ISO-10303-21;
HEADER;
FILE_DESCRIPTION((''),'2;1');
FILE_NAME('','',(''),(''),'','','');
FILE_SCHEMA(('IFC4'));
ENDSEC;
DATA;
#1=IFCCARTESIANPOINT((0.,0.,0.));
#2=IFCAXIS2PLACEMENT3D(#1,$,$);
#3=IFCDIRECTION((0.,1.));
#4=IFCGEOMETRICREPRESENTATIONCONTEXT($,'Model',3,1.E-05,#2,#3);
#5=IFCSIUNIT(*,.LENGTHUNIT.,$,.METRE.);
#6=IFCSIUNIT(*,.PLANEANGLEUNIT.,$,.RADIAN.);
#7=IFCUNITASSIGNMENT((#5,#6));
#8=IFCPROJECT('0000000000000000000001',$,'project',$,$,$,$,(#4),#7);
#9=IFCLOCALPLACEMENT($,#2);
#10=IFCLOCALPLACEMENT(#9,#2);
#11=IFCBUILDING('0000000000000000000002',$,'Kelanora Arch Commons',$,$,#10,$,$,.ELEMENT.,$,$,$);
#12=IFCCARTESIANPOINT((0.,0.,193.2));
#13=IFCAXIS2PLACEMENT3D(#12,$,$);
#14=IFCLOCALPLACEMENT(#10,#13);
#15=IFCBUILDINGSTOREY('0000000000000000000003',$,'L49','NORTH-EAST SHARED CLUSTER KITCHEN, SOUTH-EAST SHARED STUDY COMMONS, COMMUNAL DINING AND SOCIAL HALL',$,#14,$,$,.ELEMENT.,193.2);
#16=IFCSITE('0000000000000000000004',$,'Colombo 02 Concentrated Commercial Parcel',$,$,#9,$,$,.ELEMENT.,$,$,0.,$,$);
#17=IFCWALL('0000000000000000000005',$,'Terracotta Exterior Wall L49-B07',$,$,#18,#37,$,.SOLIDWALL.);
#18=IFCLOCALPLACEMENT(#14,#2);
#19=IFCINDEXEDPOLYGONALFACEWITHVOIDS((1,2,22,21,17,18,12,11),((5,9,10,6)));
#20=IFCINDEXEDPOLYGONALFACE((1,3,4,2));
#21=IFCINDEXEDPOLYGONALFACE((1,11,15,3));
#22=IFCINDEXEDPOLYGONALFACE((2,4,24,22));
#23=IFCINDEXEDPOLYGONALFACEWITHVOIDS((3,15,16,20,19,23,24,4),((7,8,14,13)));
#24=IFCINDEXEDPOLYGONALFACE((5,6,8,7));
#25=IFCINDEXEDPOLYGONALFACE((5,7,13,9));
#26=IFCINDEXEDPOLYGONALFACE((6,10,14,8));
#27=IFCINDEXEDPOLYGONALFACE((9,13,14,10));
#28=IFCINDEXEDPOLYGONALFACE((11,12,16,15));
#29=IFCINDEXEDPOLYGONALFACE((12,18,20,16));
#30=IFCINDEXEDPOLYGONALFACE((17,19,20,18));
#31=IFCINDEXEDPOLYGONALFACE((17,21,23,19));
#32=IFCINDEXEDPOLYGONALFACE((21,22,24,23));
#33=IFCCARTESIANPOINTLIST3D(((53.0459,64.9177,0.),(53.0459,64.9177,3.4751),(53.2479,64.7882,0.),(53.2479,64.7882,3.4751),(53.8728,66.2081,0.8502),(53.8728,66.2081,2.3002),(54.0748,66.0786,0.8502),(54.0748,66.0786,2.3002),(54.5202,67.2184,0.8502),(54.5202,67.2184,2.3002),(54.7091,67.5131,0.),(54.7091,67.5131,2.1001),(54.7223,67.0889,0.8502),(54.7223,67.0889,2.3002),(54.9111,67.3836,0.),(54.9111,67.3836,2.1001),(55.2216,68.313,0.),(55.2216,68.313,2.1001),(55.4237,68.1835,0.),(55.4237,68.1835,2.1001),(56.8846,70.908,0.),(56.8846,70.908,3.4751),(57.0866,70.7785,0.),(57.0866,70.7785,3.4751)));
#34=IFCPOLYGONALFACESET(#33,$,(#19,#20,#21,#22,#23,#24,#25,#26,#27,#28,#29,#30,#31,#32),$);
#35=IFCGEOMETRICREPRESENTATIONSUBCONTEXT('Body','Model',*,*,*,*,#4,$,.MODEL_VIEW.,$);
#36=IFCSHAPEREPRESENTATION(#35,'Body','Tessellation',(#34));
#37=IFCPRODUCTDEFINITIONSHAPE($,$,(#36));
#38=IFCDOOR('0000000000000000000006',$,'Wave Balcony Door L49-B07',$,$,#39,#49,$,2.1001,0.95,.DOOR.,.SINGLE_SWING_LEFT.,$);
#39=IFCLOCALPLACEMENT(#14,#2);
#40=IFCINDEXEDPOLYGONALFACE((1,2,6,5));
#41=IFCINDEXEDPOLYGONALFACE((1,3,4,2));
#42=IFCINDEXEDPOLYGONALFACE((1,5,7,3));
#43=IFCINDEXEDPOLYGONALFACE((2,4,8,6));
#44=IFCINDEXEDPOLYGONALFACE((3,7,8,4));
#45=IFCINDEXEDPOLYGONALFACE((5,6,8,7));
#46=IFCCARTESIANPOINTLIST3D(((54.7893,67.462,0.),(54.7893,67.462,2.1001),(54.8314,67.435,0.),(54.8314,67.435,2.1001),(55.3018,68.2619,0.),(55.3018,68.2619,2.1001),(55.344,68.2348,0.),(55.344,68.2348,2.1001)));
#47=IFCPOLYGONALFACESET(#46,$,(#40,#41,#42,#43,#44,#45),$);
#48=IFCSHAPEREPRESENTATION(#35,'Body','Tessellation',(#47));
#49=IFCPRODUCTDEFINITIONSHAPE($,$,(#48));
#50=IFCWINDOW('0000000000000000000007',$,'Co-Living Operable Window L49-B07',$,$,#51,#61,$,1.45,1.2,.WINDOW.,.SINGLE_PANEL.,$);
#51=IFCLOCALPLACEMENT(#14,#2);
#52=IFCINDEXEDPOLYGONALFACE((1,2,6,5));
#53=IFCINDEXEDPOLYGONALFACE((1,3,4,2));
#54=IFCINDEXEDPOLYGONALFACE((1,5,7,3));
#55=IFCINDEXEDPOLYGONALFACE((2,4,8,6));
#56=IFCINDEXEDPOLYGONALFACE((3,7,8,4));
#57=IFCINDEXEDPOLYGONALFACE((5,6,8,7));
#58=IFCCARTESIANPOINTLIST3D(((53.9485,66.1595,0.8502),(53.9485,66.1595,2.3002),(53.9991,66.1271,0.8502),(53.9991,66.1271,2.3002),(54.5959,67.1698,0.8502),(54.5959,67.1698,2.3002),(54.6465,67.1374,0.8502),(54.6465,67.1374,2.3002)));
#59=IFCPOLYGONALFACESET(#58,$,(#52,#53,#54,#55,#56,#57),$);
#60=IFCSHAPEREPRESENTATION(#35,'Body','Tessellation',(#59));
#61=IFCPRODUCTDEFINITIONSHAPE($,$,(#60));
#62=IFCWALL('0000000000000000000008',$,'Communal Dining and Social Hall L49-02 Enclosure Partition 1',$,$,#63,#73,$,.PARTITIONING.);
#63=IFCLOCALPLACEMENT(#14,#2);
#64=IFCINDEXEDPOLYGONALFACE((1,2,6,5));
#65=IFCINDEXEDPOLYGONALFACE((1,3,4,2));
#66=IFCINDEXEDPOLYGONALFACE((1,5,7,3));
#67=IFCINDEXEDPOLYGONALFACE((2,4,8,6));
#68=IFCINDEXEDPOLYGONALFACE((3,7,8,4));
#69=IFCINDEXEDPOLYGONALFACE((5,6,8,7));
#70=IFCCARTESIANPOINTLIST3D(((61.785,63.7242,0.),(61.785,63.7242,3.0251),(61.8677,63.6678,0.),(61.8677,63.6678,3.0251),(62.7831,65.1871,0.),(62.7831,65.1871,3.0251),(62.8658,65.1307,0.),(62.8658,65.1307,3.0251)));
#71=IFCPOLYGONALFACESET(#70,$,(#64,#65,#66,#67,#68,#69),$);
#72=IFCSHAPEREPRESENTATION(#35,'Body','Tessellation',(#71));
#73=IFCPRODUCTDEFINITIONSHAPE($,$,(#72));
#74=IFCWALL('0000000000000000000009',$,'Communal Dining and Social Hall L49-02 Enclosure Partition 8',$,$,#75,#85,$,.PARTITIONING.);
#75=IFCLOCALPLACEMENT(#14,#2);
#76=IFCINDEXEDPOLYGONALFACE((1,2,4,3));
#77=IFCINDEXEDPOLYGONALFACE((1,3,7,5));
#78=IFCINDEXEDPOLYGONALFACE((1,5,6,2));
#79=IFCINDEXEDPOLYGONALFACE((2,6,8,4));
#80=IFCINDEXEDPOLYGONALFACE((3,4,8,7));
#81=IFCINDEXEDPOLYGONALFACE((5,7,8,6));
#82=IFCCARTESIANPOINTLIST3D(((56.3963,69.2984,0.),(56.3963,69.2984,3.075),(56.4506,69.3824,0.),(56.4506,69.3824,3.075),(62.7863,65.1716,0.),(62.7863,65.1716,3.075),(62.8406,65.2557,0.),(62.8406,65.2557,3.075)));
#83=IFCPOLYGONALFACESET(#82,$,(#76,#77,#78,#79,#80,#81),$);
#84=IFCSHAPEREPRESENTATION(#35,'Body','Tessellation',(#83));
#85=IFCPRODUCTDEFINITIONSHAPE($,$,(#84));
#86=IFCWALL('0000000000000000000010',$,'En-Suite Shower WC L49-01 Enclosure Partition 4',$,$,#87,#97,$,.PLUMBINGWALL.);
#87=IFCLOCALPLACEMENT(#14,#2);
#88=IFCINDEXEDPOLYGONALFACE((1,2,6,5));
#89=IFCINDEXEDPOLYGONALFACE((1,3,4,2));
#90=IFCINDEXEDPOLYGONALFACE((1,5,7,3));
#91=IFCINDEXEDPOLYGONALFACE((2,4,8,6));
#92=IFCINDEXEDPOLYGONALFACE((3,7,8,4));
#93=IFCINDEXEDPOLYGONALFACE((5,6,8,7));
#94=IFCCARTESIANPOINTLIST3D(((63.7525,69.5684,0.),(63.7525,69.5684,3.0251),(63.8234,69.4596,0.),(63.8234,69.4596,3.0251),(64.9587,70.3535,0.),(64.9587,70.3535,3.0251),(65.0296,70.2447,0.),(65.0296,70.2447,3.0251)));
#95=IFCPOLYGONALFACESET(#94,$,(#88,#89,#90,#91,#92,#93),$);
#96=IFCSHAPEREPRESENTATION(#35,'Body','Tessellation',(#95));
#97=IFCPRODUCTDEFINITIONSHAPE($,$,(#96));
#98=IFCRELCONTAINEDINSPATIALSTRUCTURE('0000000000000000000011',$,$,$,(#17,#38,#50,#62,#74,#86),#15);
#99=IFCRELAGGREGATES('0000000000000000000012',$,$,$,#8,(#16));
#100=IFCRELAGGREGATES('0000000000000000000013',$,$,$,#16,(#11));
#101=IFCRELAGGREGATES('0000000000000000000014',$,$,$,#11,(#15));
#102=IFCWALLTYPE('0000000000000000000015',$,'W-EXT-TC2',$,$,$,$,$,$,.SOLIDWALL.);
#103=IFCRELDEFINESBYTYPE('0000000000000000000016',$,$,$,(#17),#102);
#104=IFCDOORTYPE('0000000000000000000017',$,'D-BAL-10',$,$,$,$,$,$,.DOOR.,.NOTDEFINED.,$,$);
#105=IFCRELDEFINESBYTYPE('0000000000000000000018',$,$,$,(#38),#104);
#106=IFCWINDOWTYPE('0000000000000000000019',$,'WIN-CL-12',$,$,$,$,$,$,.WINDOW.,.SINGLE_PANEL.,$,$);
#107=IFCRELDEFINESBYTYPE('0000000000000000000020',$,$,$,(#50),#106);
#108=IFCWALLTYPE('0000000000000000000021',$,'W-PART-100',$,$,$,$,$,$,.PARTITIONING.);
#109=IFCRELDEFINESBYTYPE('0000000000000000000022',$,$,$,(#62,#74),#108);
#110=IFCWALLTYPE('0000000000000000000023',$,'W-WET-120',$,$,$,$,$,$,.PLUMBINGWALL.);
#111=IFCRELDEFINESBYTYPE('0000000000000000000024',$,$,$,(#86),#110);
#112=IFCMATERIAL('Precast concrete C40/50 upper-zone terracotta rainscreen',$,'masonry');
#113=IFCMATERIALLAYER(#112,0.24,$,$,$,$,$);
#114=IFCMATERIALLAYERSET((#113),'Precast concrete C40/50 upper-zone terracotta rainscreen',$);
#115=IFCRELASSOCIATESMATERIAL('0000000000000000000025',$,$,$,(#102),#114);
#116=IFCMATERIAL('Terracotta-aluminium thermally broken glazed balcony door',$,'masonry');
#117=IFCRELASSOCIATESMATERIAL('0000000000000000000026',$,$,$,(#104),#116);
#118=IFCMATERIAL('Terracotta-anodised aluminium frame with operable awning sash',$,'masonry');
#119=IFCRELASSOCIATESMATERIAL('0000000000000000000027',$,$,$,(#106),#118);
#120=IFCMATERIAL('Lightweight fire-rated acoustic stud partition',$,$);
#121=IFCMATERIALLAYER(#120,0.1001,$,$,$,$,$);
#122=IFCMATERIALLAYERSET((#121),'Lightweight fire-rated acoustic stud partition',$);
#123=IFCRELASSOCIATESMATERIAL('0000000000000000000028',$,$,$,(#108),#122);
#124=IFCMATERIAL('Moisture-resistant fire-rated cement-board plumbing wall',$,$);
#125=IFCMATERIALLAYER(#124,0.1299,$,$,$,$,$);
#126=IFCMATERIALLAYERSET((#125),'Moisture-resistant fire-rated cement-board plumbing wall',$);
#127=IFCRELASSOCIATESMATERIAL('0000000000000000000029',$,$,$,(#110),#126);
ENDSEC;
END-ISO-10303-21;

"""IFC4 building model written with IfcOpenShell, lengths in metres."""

from ifc_helpers import new_model, si_unit, direction, frame, frame_2d, origin, place, context, subcontext, project, spatial, rectangle, extrude, material, layer, layer_set, type_object, element, fill, save


model = new_model("IFC4")

# Units and contexts
model_context = context("Model", 3, precision=1e-05, world=origin(), true_north=direction((0.0, 1.0)))
body_context = subcontext(model_context, "Body", "Model", "MODEL_VIEW")
ifc_project = project(units=[si_unit("LENGTHUNIT", "METRE"), si_unit("PLANEANGLEUNIT", "RADIAN")], contexts=[model_context])

# Site, building, storey
site_placement = place(None, origin())
site = spatial("IfcSite", under=ifc_project, at=site_placement, Name="Colombo 02 Concentrated Commercial Parcel", CompositionType="ELEMENT", RefElevation=0.0)
building_placement = place(site_placement, origin())
building = spatial("IfcBuilding", under=site, at=building_placement, Name="Kelanora Arch Commons", CompositionType="ELEMENT")
storey_placement = place(building_placement, frame((0.0, 0.0, 193.2)))
storey = spatial("IfcBuildingStorey", under=building, at=storey_placement, Name="L49", Description="NORTH-EAST SHARED CLUSTER KITCHEN, SOUTH-EAST SHARED STUDY COMMONS, COMMUNAL DINING AND SOCIAL HALL", CompositionType="ELEMENT", Elevation=193.2)

# Shared definitions
ifc_material_1 = material(Name="Precast concrete C40/50 upper-zone terracotta rainscreen", Category="masonry")
ifc_layer_1 = layer(ifc_material_1, 0.24)
ifc_layer_set_1 = layer_set([ifc_layer_1], Name="Precast concrete C40/50 upper-zone terracotta rainscreen")
wall_type_1 = type_object("IfcWallType", Name="W-EXT-TC2", PredefinedType="SOLIDWALL", material=ifc_layer_set_1)

# Wall, openings, door, window
wall_1_placement = place(storey_placement, frame((56.9856, 70.8433, 0.0), z_axis=(0.0, 0.0, 1.0), x_axis=(-0.53954, -0.84196, 0.0)))
wall_1 = element("IfcWall", 1, at=wall_1_placement, inside=storey, type_object=wall_type_1, Name="Terracotta Exterior Wall L49-B07", PredefinedType="SOLIDWALL", context=body_context, shape_type="SweptSolid", body=[
    extrude(rectangle(XDim=7.1147, YDim=0.24, at=frame_2d((3.5574, 0.0))), origin(), (0.0, 0.0, 1.0), 3.4751),
])
opening_1_placement = place(wall_1_placement, frame((3.082, 0.0, 0.0)))
opening_1 = element("IfcOpeningElement", 2, at=opening_1_placement, cuts=wall_1, PredefinedType="OPENING", context=body_context, shape_type="SweptSolid", body=[
    extrude(rectangle(XDim=0.95, YDim=2.1001, at=frame_2d((0.4751, 1.05))), frame((0.0, 0.1299, 0.0), z_axis=(0.0, -1.0, 0.0), x_axis=(1.0, 0.0, 0.0)), (0.0, 0.0, 1.0), 0.26),
])
opening_2_placement = place(wall_1_placement, frame((4.3821, 0.0, 0.8501)))
opening_2 = element("IfcOpeningElement", 3, at=opening_2_placement, cuts=wall_1, PredefinedType="OPENING", context=body_context, shape_type="SweptSolid", body=[
    extrude(rectangle(XDim=1.2, YDim=1.45, at=frame_2d((0.6001, 0.7251))), frame((0.0, 0.1299, 0.0), z_axis=(0.0, -1.0, 0.0), x_axis=(1.0, 0.0, 0.0)), (0.0, 0.0, 1.0), 0.26),
])
ifc_material_2 = material(Name="Terracotta-aluminium thermally broken glazed balcony door", Category="masonry")
door_type = type_object("IfcDoorType", Name="D-BAL-10", OperationType="NOTDEFINED", PredefinedType="DOOR", material=ifc_material_2)
door_placement = place(opening_1_placement, frame((0.95, 0.0, 0.0), z_axis=(0.0, 0.0, 1.0), x_axis=(-1.0, 0.0, 0.0)))
door = element("IfcDoor", 4, at=door_placement, inside=storey, type_object=door_type, Name="Wave Balcony Door L49-B07", OperationType="SINGLE_SWING_LEFT", OverallHeight=2.1001, OverallWidth=0.95, PredefinedType="DOOR", context=body_context, shape_type="SweptSolid", body=[
    extrude(rectangle(XDim=0.95, YDim=2.1001, at=frame_2d((0.4751, 1.05))), frame((0.0, 0.0249, 0.0), z_axis=(0.0, -1.0, 0.0), x_axis=(1.0, 0.0, 0.0)), (0.0, 0.0, 1.0), 0.05),
])
fill(opening_1, door)
ifc_material_3 = material(Name="Terracotta-anodised aluminium frame with operable awning sash", Category="masonry")
window_type_1 = type_object("IfcWindowType", Name="WIN-CL-12", PartitioningType="SINGLE_PANEL", PredefinedType="WINDOW", material=ifc_material_3)
window_1_placement = place(opening_2_placement, origin())
window_1 = element("IfcWindow", 5, at=window_1_placement, inside=storey, type_object=window_type_1, Name="Co-Living Operable Window L49-B07", OverallHeight=1.45, OverallWidth=1.2, PartitioningType="SINGLE_PANEL", PredefinedType="WINDOW", context=body_context, shape_type="SweptSolid", body=[
    extrude(rectangle(XDim=1.2, YDim=1.45, at=frame_2d((0.6001, 0.7251))), frame((0.0, 0.03, 0.0), z_axis=(0.0, -1.0, 0.0), x_axis=(1.0, 0.0, 0.0)), (0.0, 0.0, 1.0), 0.0601),
])
fill(opening_2, window_1)

# Walls
ifc_material_4 = material(Name="Lightweight fire-rated acoustic stud partition")
ifc_layer_2 = layer(ifc_material_4, 0.1001)
ifc_layer_set_2 = layer_set([ifc_layer_2], Name="Lightweight fire-rated acoustic stud partition")
wall_type_2 = type_object("IfcWallType", Name="W-PART-100", PredefinedType="PARTITIONING", material=ifc_layer_set_2)
wall_2_placement = place(storey_placement, frame((62.8245, 65.1589, 0.0), z_axis=(0.0, 0.0, 1.0), x_axis=(-0.563576, -0.826064, 0.0)))
element("IfcWall", 6, at=wall_2_placement, inside=storey, type_object=wall_type_2, Name="Communal Dining and Social Hall L49-02 Enclosure Partition 1", PredefinedType="PARTITIONING", context=body_context, shape_type="SweptSolid", body=[
    extrude(rectangle(XDim=1.771, YDim=0.1001, at=frame_2d((0.8855, 0.0))), origin(), (0.0, 0.0, 1.0), 3.0251),
])
wall_3_placement = place(storey_placement, frame((56.4236, 69.3403, 0.0), z_axis=(0.0, 0.0, 1.0), x_axis=(0.840045, -0.542516, 0.0)))
element("IfcWall", 7, at=wall_3_placement, inside=storey, type_object=wall_type_2, Name="Communal Dining and Social Hall L49-02 Enclosure Partition 8", PredefinedType="PARTITIONING", context=body_context, shape_type="SweptSolid", body=[
    extrude(rectangle(XDim=7.6067, YDim=0.1001, at=frame_2d((3.8032, 0.0))), origin(), (0.0, 0.0, 1.0), 3.075),
])
ifc_material_5 = material(Name="Moisture-resistant fire-rated cement-board plumbing wall")
ifc_layer_3 = layer(ifc_material_5, 0.1299)
ifc_layer_set_3 = layer_set([ifc_layer_3], Name="Moisture-resistant fire-rated cement-board plumbing wall")
wall_type_3 = type_object("IfcWallType", Name="W-WET-120", PredefinedType="PLUMBINGWALL", material=ifc_layer_set_3)
wall_4_placement = place(storey_placement, frame((63.7878, 69.5139, 0.0), z_axis=(0.0, 0.0, 1.0), x_axis=(0.838106, 0.545507, 0.0)))
element("IfcWall", 8, at=wall_4_placement, inside=storey, type_object=wall_type_3, Name="En-Suite Shower WC L49-01 Enclosure Partition 4", PredefinedType="PLUMBINGWALL", context=body_context, shape_type="SweptSolid", body=[
    extrude(rectangle(XDim=1.4392, YDim=0.1299, at=frame_2d((0.7197, 0.0))), origin(), (0.0, 0.0, 1.0), 3.0251),
])

save(model, "model.ifc")
